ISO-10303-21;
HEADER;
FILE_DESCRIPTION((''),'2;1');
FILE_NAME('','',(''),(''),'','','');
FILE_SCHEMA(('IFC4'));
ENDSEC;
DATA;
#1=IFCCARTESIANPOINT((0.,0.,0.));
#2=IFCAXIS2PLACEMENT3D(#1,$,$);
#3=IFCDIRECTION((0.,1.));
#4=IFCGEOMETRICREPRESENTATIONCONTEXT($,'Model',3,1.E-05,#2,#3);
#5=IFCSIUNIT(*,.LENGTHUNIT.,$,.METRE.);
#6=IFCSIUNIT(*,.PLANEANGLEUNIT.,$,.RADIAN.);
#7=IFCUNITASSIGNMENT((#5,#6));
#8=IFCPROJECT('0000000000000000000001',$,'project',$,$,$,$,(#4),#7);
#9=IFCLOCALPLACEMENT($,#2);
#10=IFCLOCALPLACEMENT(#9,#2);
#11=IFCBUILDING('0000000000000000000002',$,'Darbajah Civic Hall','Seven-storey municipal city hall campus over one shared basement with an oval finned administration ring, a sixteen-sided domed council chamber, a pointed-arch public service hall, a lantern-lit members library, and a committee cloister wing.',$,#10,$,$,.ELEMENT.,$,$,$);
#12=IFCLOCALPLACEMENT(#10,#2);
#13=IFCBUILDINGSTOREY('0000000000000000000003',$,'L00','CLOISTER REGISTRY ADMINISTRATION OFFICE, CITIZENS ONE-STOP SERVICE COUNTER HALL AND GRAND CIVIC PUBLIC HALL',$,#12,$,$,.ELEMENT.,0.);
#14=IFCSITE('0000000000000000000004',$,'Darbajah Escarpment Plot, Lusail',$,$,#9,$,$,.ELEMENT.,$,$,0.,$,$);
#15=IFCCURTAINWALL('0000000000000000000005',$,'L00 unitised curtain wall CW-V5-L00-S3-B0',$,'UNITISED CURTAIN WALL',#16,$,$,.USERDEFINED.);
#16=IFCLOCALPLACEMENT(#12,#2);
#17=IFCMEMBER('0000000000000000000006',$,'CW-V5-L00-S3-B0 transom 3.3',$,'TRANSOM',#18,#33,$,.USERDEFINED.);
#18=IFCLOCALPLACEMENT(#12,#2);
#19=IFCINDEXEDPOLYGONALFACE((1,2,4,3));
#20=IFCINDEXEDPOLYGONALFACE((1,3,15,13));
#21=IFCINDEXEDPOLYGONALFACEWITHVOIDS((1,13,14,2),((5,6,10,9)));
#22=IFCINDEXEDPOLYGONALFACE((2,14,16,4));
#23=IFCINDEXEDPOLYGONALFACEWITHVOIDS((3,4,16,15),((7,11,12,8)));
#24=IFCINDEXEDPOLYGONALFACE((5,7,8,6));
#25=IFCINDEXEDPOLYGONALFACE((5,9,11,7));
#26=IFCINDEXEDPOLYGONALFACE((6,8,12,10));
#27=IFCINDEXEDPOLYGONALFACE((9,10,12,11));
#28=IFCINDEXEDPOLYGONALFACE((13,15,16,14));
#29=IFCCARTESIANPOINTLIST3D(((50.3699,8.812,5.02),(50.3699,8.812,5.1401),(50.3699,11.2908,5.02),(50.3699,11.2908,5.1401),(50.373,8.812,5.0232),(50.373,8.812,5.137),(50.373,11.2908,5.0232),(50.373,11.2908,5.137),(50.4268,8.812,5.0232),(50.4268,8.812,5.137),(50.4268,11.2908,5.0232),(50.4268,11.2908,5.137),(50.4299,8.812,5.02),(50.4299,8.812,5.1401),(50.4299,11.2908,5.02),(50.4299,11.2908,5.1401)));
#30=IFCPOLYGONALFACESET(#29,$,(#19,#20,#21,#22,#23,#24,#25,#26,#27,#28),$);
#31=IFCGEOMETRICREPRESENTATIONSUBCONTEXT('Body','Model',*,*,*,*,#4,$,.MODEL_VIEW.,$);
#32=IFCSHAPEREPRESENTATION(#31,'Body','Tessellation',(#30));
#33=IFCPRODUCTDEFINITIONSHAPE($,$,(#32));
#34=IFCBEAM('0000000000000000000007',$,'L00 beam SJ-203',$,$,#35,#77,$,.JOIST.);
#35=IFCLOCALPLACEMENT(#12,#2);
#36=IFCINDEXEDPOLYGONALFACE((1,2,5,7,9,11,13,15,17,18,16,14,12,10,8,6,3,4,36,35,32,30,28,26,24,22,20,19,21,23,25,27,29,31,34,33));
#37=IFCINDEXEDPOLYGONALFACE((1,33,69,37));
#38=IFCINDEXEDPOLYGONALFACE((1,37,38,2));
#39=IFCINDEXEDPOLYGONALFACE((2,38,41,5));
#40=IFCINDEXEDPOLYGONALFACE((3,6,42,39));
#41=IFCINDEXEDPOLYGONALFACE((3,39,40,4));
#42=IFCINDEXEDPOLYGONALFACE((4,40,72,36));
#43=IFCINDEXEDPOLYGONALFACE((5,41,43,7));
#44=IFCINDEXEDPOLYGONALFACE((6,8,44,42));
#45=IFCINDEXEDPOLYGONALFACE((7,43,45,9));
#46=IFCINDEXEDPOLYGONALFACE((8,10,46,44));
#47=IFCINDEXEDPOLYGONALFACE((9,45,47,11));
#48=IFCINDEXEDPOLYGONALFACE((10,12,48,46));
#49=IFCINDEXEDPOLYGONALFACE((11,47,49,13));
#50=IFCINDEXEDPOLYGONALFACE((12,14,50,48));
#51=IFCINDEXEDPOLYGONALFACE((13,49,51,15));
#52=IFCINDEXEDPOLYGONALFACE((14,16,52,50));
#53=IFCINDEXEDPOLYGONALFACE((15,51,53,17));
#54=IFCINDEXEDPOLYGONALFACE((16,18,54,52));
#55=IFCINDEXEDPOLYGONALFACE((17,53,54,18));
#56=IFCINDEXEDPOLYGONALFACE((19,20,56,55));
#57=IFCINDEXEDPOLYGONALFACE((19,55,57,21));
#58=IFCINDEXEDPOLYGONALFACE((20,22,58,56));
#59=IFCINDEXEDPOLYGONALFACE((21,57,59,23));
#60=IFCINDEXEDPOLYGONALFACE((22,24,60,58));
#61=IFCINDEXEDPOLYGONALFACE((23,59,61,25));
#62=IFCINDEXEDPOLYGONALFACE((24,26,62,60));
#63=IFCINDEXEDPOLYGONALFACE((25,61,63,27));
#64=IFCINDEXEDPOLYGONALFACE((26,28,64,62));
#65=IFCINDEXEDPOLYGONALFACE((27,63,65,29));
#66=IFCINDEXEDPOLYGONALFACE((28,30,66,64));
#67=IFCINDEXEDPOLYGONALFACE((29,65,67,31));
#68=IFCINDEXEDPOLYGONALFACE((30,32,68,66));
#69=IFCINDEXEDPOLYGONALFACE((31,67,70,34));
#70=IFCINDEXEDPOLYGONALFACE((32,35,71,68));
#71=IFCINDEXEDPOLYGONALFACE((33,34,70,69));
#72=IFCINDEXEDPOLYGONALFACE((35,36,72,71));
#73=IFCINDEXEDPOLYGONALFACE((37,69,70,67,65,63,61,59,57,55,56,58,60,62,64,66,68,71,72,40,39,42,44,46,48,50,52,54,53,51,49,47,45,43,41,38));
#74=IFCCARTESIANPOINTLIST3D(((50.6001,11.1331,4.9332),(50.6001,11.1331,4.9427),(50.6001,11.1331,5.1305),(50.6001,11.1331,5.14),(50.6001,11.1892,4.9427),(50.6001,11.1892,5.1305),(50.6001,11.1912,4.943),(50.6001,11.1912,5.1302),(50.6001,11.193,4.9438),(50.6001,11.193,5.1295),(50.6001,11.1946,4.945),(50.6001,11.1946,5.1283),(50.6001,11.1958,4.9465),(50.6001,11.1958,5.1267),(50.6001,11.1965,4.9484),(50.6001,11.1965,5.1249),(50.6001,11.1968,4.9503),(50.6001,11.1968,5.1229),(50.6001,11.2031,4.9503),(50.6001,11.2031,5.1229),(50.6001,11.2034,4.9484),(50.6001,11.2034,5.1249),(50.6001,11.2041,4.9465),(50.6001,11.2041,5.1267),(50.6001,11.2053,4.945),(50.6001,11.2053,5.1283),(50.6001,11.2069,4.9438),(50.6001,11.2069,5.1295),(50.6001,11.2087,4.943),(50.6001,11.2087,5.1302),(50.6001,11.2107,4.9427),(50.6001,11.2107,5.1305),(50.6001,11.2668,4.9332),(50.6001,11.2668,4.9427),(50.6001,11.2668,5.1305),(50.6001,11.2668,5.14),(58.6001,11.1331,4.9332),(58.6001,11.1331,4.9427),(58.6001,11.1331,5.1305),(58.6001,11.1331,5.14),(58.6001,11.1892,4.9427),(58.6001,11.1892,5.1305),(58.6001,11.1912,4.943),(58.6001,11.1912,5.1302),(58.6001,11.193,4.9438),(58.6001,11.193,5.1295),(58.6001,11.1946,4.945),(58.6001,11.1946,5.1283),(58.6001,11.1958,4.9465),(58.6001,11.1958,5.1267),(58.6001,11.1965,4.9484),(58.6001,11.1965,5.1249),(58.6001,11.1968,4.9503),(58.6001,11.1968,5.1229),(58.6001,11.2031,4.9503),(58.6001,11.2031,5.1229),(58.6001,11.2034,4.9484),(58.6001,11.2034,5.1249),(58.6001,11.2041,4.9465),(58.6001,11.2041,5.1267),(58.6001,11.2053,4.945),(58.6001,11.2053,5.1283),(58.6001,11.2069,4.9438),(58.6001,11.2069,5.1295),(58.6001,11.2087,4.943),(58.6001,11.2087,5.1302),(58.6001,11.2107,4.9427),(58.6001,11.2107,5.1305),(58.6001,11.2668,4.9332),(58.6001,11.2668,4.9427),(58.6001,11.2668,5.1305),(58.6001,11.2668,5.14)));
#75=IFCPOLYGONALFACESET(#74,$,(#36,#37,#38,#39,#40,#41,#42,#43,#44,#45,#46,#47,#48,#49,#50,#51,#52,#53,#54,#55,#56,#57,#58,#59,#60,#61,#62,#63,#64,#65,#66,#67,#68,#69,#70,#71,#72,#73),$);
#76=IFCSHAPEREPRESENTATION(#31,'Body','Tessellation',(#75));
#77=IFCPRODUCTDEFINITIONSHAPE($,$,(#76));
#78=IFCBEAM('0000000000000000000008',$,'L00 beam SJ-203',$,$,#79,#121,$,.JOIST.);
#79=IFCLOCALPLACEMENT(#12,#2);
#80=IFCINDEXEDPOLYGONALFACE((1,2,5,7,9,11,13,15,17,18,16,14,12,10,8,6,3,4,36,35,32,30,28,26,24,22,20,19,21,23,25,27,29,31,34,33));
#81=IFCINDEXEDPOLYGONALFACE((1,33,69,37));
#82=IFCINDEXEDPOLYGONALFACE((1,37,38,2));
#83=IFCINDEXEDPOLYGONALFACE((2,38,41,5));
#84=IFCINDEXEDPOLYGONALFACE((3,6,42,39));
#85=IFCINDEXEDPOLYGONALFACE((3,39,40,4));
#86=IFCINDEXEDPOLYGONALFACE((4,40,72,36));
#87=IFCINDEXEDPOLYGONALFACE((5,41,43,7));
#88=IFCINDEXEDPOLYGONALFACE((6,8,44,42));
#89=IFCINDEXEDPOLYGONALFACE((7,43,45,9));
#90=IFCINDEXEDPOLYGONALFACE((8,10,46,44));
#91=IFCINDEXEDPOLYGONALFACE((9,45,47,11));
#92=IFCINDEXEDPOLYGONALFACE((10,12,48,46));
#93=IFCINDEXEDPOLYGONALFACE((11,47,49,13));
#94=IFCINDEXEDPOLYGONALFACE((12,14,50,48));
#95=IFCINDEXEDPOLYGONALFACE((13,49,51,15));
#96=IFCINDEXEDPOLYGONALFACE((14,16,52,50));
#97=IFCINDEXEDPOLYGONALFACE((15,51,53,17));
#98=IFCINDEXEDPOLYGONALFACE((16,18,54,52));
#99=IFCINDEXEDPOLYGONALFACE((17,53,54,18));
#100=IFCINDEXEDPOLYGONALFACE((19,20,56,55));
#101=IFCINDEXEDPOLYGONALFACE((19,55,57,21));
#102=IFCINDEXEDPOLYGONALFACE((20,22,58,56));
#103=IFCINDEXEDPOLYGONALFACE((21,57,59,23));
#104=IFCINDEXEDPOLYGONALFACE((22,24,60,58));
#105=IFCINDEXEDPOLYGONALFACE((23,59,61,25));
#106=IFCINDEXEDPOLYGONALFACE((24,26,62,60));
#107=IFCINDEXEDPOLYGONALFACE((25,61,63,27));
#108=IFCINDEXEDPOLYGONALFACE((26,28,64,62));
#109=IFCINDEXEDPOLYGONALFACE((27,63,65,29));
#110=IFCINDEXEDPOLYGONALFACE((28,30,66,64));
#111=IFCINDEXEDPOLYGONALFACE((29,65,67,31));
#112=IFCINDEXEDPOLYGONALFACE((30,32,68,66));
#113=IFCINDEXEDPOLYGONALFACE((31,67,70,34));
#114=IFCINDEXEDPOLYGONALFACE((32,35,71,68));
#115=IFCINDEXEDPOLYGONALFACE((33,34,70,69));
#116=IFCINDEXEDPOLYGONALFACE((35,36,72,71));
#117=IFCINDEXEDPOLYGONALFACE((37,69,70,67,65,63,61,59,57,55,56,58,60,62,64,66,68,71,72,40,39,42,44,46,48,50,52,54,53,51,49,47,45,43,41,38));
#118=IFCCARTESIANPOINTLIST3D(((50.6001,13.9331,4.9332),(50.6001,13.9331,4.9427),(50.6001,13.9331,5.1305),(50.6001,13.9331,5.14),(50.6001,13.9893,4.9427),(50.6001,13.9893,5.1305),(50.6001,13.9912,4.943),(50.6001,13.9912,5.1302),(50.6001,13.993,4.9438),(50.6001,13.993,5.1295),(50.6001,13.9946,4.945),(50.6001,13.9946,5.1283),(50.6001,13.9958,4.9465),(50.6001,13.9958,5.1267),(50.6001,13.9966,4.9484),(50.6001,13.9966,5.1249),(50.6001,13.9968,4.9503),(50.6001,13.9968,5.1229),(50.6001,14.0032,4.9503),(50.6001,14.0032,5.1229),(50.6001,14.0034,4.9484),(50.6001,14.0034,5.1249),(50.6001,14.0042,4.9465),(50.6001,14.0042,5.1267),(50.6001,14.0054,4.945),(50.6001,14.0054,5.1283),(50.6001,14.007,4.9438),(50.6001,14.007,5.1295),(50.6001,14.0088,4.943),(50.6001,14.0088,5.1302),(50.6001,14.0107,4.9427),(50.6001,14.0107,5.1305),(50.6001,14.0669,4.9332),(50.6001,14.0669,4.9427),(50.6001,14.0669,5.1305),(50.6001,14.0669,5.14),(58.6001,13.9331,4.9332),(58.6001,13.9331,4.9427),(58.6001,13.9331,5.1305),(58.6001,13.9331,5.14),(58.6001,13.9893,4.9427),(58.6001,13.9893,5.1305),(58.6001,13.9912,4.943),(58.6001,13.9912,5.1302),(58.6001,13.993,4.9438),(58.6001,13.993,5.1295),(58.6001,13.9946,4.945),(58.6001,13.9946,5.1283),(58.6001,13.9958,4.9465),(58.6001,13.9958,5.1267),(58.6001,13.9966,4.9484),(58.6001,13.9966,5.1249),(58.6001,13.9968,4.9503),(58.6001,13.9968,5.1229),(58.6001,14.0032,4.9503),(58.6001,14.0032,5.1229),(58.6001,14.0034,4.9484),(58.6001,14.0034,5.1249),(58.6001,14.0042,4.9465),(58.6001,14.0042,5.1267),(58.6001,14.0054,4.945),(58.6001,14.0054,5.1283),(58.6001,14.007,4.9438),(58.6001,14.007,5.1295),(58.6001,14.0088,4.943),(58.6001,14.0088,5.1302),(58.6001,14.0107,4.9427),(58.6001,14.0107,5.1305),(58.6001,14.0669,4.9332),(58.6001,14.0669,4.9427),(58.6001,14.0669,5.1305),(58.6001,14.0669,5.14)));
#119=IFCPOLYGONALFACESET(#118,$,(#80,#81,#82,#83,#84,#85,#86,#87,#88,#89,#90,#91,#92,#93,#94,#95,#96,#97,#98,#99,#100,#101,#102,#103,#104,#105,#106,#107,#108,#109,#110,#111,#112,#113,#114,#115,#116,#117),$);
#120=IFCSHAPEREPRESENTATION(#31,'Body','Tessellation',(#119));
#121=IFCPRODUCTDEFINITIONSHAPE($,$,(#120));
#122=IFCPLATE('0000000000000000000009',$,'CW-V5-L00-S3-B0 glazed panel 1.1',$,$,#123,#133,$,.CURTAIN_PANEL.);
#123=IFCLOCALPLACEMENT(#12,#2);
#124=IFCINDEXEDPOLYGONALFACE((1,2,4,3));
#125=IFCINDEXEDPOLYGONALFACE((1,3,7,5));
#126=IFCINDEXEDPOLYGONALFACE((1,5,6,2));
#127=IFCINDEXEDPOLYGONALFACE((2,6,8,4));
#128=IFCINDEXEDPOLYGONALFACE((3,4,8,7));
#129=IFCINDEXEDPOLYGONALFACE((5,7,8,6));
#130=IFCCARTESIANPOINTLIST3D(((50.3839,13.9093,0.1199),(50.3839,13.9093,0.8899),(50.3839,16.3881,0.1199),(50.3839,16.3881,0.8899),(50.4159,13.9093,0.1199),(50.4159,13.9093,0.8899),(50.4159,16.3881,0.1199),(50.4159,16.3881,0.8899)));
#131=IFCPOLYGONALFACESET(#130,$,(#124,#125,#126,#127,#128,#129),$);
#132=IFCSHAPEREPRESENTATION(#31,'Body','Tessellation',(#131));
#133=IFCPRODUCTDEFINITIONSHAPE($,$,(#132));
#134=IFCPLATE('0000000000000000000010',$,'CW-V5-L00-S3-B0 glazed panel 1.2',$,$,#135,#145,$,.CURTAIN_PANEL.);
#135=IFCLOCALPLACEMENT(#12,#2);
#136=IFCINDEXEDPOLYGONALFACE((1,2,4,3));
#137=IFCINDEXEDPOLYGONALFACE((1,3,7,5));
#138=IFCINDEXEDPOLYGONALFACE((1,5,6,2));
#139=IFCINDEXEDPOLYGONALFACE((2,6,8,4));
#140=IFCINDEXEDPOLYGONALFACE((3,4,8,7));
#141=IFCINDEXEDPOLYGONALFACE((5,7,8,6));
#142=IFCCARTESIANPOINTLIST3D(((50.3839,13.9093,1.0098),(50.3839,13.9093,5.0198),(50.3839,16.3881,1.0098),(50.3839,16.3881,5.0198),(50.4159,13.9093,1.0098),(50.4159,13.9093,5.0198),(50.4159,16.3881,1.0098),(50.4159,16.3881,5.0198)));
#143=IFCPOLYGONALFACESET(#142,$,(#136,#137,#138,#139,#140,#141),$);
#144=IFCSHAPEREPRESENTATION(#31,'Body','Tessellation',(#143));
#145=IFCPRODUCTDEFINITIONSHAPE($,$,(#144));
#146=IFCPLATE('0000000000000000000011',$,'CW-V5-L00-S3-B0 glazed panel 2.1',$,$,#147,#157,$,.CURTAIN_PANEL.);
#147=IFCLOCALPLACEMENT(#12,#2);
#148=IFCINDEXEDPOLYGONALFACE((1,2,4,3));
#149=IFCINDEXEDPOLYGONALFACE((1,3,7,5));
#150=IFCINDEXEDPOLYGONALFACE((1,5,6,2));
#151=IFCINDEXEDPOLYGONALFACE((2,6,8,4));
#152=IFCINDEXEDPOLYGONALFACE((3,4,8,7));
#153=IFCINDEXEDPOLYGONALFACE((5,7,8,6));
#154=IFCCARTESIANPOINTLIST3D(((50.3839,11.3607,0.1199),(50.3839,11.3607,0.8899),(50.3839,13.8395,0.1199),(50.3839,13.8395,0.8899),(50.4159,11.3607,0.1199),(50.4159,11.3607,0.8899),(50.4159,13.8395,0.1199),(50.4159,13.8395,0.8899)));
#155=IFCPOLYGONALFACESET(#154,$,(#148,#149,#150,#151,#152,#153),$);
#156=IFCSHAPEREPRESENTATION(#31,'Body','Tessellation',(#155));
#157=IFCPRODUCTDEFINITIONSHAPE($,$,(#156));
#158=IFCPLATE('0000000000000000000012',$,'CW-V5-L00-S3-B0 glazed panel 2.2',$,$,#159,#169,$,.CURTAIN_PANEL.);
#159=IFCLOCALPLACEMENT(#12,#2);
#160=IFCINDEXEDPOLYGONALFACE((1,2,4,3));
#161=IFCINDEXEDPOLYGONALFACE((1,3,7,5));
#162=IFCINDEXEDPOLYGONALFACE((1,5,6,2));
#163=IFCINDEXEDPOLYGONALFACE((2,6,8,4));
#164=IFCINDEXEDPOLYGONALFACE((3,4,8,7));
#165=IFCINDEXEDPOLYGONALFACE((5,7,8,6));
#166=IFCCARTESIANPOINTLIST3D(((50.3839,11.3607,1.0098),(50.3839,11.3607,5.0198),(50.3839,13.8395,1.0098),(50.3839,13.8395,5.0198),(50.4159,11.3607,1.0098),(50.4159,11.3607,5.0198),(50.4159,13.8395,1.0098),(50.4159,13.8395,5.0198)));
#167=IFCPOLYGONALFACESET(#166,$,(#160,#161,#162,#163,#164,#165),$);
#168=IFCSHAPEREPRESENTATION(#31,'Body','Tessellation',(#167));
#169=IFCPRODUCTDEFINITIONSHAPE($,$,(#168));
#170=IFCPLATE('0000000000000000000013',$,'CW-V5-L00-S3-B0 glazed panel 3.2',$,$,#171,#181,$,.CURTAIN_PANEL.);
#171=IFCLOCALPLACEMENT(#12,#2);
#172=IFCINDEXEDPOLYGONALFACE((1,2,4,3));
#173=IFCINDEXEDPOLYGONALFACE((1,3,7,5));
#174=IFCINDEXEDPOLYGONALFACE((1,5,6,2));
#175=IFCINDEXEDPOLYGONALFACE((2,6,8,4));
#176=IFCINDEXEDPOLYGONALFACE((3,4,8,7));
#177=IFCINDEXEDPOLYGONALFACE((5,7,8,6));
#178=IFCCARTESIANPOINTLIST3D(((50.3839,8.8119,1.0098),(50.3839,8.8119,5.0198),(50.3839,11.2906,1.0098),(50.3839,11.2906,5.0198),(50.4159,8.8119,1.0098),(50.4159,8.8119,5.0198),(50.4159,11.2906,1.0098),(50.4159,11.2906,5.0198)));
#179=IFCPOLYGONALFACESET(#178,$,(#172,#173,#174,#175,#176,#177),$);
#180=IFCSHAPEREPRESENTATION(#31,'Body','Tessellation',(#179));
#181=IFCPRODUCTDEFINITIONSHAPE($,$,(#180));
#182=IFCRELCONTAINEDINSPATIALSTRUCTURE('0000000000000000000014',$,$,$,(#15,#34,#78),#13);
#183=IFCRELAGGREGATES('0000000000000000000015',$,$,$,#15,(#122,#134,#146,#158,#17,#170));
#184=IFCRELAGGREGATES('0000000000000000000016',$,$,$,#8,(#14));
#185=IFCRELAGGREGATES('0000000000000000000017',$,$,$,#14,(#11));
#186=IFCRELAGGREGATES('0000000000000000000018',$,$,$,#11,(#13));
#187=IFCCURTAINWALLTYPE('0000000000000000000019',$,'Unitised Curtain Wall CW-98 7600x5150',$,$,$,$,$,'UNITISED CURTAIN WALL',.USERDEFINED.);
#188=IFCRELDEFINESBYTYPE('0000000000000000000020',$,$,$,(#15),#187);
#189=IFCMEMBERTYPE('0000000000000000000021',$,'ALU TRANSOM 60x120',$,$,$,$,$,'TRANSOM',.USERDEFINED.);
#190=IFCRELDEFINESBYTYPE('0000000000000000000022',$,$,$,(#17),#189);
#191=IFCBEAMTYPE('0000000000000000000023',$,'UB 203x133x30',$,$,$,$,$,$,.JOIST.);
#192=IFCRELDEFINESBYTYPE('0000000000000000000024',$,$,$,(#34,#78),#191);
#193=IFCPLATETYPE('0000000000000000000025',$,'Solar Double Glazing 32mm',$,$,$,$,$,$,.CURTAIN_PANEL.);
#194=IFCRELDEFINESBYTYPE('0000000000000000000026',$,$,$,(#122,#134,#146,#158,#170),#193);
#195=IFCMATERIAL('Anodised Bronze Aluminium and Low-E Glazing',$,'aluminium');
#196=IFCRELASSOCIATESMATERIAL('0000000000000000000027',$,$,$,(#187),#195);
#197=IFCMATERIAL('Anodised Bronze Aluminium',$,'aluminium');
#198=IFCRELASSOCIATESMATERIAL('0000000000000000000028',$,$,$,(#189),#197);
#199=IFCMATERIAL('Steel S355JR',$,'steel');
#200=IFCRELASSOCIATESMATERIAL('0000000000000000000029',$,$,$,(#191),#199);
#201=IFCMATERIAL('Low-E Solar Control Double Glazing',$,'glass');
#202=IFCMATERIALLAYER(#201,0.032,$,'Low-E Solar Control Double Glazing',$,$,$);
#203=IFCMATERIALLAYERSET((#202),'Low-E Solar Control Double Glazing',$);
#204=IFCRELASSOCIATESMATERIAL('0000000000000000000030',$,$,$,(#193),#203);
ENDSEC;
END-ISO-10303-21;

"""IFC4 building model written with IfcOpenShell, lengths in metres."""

from ifc_helpers import new_model, si_unit, direction, frame, origin, origin_2d, place, context, subcontext, project, spatial, rectangle, hollow_rectangle, i_section, extrude, material, layer, layer_set, material_profile, profile_set, type_object, element, aggregate, save


model = new_model("IFC4")

# Units and contexts
model_context = context("Model", 3, precision=1e-05, world=origin(), true_north=direction((0.0, 1.0)))
body_context = subcontext(model_context, "Body", "Model", "MODEL_VIEW")
ifc_project = project(units=[si_unit("LENGTHUNIT", "METRE"), si_unit("PLANEANGLEUNIT", "RADIAN")], contexts=[model_context])

# Site, building, storey
site_placement = place(None, origin())
site = spatial("IfcSite", under=ifc_project, at=site_placement, Name="Darbajah Escarpment Plot, Lusail", CompositionType="ELEMENT", RefElevation=0.0)
building_placement = place(site_placement, origin())
building = spatial("IfcBuilding", under=site, at=building_placement, Name="Darbajah Civic Hall", Description="Seven-storey municipal city hall campus over one shared basement with an oval finned administration ring, a sixteen-sided domed council chamber, a pointed-arch public service hall, a lantern-lit members library, and a committee cloister wing.", CompositionType="ELEMENT")
storey_placement = place(building_placement, origin())
storey = spatial("IfcBuildingStorey", under=building, at=storey_placement, Name="L00", Description="CLOISTER REGISTRY ADMINISTRATION OFFICE, CITIZENS ONE-STOP SERVICE COUNTER HALL AND GRAND CIVIC PUBLIC HALL", CompositionType="ELEMENT", Elevation=0.0)

# Curtain wall, member
ifc_material_1 = material(Name="Anodised Bronze Aluminium and Low-E Glazing", Category="aluminium")
curtain_wall_type = type_object("IfcCurtainWallType", Name="Unitised Curtain Wall CW-98 7600x5150", ElementType="UNITISED CURTAIN WALL", PredefinedType="USERDEFINED", material=ifc_material_1)
curtain_wall_placement = place(storey_placement, origin())
curtain_wall = element("IfcCurtainWall", 1, at=curtain_wall_placement, inside=storey, type_object=curtain_wall_type, Name="L00 unitised curtain wall CW-V5-L00-S3-B0", ObjectType="UNITISED CURTAIN WALL", PredefinedType="USERDEFINED")
ifc_material_2 = material(Name="Anodised Bronze Aluminium", Category="aluminium")
ifc_material_profile_1 = material_profile(ifc_material_2, hollow_rectangle(XDim=0.0601, YDim=0.1201, WallThickness=0.0032, at=origin_2d()), Name="ALU TRANSOM 60x120")
ifc_profile_set_1 = profile_set([ifc_material_profile_1], Name="Anodised Bronze Aluminium")
member_type_1 = type_object("IfcMemberType", Name="ALU TRANSOM 60x120", ElementType="TRANSOM", PredefinedType="USERDEFINED", material=ifc_profile_set_1)
member_1_placement = place(storey_placement, frame((50.3999, 11.2908, 5.0801), z_axis=(0.0, -1.0, 0.0), x_axis=(1.0, 0.0, 0.0)))
member_1 = element("IfcMember", 2, at=member_1_placement, type_object=member_type_1, Name="CW-V5-L00-S3-B0 transom 3.3", ObjectType="TRANSOM", PredefinedType="USERDEFINED", context=body_context, shape_type="SweptSolid", body=[
    extrude(hollow_rectangle(XDim=0.0601, YDim=0.1201, WallThickness=0.0032, at=origin_2d()), origin(), (0.0, 0.0, 1.0), 2.4788),
])

# Beams
ifc_material_3 = material(Name="Steel S355JR", Category="steel")
ifc_material_profile_2 = material_profile(ifc_material_3, i_section(OverallWidth=0.1338, OverallDepth=0.2068, WebThickness=0.0063, FlangeThickness=0.0095, FilletRadius=0.0076, at=origin_2d()), Name="UB 203x133x30")
ifc_profile_set_2 = profile_set([ifc_material_profile_2], Name="Steel S355JR")
beam_type = type_object("IfcBeamType", Name="UB 203x133x30", PredefinedType="JOIST", material=ifc_profile_set_2)
for number, where, z_axis, x_axis, name in (
    (3, (50.6001, 11.2, 5.0366), (1.0, 0.0, 0.0), (0.0, 1.0, 0.0), "L00 beam SJ-203"),
    (4, (50.6001, 14.0, 5.0366), (1.0, 0.0, 0.0), (0.0, 1.0, 0.0), "L00 beam SJ-203"),
):
    element("IfcBeam", number, at=place(storey_placement, frame(where, z_axis=z_axis, x_axis=x_axis)), inside=storey, type_object=beam_type, Name=name, PredefinedType="JOIST", context=body_context, shape_type="SweptSolid", body=[
        extrude(i_section(OverallWidth=0.1338, OverallDepth=0.2068, WebThickness=0.0063, FlangeThickness=0.0095, FilletRadius=0.0076, at=origin_2d()), origin(), (0.0, 0.0, 1.0), 8.0),
    ])

# Plates
ifc_material_4 = material(Name="Low-E Solar Control Double Glazing", Category="glass")
ifc_layer = layer(ifc_material_4, 0.032, Name="Low-E Solar Control Double Glazing")
ifc_layer_set = layer_set([ifc_layer], Name="Low-E Solar Control Double Glazing")
plate_type = type_object("IfcPlateType", Name="Solar Double Glazing 32mm", PredefinedType="CURTAIN_PANEL", material=ifc_layer_set)
plate_1_placement = place(storey_placement, frame((50.3999, 15.1487, 0.1199), z_axis=(0.0, 0.0, 1.0), x_axis=(0.0, -1.0, 0.0)))
plate_1 = element("IfcPlate", 5, at=plate_1_placement, type_object=plate_type, Name="CW-V5-L00-S3-B0 glazed panel 1.1", PredefinedType="CURTAIN_PANEL", context=body_context, shape_type="SweptSolid", body=[
    extrude(rectangle(XDim=2.4788, YDim=0.032, at=origin_2d()), origin(), (0.0, 0.0, 1.0), 0.77),
])
plate_2_placement = place(storey_placement, frame((50.3999, 15.1487, 1.0098), z_axis=(0.0, 0.0, 1.0), x_axis=(0.0, -1.0, 0.0)))
plate_2 = element("IfcPlate", 6, at=plate_2_placement, type_object=plate_type, Name="CW-V5-L00-S3-B0 glazed panel 1.2", PredefinedType="CURTAIN_PANEL", context=body_context, shape_type="SweptSolid", body=[
    extrude(rectangle(XDim=2.4788, YDim=0.032, at=origin_2d()), origin(), (0.0, 0.0, 1.0), 4.01),
])
plate_3_placement = place(storey_placement, frame((50.3999, 12.6001, 0.1199), z_axis=(0.0, 0.0, 1.0), x_axis=(0.0, -1.0, 0.0)))
plate_3 = element("IfcPlate", 7, at=plate_3_placement, type_object=plate_type, Name="CW-V5-L00-S3-B0 glazed panel 2.1", PredefinedType="CURTAIN_PANEL", context=body_context, shape_type="SweptSolid", body=[
    extrude(rectangle(XDim=2.4788, YDim=0.032, at=origin_2d()), origin(), (0.0, 0.0, 1.0), 0.77),
])
plate_4_placement = place(storey_placement, frame((50.3999, 12.6001, 1.0098), z_axis=(0.0, 0.0, 1.0), x_axis=(0.0, -1.0, 0.0)))
plate_4 = element("IfcPlate", 8, at=plate_4_placement, type_object=plate_type, Name="CW-V5-L00-S3-B0 glazed panel 2.2", PredefinedType="CURTAIN_PANEL", context=body_context, shape_type="SweptSolid", body=[
    extrude(rectangle(XDim=2.4788, YDim=0.032, at=origin_2d()), origin(), (0.0, 0.0, 1.0), 4.01),
])
plate_5_placement = place(storey_placement, frame((50.3999, 10.0513, 1.0098), z_axis=(0.0, 0.0, 1.0), x_axis=(0.0, -1.0, 0.0)))
plate_5 = element("IfcPlate", 9, at=plate_5_placement, type_object=plate_type, Name="CW-V5-L00-S3-B0 glazed panel 3.2", PredefinedType="CURTAIN_PANEL", context=body_context, shape_type="SweptSolid", body=[
    extrude(rectangle(XDim=2.4788, YDim=0.032, at=origin_2d()), origin(), (0.0, 0.0, 1.0), 4.01),
])
aggregate(curtain_wall, [plate_1, plate_2, plate_3, plate_4, member_1, plate_5])

save(model, "model.ifc")
